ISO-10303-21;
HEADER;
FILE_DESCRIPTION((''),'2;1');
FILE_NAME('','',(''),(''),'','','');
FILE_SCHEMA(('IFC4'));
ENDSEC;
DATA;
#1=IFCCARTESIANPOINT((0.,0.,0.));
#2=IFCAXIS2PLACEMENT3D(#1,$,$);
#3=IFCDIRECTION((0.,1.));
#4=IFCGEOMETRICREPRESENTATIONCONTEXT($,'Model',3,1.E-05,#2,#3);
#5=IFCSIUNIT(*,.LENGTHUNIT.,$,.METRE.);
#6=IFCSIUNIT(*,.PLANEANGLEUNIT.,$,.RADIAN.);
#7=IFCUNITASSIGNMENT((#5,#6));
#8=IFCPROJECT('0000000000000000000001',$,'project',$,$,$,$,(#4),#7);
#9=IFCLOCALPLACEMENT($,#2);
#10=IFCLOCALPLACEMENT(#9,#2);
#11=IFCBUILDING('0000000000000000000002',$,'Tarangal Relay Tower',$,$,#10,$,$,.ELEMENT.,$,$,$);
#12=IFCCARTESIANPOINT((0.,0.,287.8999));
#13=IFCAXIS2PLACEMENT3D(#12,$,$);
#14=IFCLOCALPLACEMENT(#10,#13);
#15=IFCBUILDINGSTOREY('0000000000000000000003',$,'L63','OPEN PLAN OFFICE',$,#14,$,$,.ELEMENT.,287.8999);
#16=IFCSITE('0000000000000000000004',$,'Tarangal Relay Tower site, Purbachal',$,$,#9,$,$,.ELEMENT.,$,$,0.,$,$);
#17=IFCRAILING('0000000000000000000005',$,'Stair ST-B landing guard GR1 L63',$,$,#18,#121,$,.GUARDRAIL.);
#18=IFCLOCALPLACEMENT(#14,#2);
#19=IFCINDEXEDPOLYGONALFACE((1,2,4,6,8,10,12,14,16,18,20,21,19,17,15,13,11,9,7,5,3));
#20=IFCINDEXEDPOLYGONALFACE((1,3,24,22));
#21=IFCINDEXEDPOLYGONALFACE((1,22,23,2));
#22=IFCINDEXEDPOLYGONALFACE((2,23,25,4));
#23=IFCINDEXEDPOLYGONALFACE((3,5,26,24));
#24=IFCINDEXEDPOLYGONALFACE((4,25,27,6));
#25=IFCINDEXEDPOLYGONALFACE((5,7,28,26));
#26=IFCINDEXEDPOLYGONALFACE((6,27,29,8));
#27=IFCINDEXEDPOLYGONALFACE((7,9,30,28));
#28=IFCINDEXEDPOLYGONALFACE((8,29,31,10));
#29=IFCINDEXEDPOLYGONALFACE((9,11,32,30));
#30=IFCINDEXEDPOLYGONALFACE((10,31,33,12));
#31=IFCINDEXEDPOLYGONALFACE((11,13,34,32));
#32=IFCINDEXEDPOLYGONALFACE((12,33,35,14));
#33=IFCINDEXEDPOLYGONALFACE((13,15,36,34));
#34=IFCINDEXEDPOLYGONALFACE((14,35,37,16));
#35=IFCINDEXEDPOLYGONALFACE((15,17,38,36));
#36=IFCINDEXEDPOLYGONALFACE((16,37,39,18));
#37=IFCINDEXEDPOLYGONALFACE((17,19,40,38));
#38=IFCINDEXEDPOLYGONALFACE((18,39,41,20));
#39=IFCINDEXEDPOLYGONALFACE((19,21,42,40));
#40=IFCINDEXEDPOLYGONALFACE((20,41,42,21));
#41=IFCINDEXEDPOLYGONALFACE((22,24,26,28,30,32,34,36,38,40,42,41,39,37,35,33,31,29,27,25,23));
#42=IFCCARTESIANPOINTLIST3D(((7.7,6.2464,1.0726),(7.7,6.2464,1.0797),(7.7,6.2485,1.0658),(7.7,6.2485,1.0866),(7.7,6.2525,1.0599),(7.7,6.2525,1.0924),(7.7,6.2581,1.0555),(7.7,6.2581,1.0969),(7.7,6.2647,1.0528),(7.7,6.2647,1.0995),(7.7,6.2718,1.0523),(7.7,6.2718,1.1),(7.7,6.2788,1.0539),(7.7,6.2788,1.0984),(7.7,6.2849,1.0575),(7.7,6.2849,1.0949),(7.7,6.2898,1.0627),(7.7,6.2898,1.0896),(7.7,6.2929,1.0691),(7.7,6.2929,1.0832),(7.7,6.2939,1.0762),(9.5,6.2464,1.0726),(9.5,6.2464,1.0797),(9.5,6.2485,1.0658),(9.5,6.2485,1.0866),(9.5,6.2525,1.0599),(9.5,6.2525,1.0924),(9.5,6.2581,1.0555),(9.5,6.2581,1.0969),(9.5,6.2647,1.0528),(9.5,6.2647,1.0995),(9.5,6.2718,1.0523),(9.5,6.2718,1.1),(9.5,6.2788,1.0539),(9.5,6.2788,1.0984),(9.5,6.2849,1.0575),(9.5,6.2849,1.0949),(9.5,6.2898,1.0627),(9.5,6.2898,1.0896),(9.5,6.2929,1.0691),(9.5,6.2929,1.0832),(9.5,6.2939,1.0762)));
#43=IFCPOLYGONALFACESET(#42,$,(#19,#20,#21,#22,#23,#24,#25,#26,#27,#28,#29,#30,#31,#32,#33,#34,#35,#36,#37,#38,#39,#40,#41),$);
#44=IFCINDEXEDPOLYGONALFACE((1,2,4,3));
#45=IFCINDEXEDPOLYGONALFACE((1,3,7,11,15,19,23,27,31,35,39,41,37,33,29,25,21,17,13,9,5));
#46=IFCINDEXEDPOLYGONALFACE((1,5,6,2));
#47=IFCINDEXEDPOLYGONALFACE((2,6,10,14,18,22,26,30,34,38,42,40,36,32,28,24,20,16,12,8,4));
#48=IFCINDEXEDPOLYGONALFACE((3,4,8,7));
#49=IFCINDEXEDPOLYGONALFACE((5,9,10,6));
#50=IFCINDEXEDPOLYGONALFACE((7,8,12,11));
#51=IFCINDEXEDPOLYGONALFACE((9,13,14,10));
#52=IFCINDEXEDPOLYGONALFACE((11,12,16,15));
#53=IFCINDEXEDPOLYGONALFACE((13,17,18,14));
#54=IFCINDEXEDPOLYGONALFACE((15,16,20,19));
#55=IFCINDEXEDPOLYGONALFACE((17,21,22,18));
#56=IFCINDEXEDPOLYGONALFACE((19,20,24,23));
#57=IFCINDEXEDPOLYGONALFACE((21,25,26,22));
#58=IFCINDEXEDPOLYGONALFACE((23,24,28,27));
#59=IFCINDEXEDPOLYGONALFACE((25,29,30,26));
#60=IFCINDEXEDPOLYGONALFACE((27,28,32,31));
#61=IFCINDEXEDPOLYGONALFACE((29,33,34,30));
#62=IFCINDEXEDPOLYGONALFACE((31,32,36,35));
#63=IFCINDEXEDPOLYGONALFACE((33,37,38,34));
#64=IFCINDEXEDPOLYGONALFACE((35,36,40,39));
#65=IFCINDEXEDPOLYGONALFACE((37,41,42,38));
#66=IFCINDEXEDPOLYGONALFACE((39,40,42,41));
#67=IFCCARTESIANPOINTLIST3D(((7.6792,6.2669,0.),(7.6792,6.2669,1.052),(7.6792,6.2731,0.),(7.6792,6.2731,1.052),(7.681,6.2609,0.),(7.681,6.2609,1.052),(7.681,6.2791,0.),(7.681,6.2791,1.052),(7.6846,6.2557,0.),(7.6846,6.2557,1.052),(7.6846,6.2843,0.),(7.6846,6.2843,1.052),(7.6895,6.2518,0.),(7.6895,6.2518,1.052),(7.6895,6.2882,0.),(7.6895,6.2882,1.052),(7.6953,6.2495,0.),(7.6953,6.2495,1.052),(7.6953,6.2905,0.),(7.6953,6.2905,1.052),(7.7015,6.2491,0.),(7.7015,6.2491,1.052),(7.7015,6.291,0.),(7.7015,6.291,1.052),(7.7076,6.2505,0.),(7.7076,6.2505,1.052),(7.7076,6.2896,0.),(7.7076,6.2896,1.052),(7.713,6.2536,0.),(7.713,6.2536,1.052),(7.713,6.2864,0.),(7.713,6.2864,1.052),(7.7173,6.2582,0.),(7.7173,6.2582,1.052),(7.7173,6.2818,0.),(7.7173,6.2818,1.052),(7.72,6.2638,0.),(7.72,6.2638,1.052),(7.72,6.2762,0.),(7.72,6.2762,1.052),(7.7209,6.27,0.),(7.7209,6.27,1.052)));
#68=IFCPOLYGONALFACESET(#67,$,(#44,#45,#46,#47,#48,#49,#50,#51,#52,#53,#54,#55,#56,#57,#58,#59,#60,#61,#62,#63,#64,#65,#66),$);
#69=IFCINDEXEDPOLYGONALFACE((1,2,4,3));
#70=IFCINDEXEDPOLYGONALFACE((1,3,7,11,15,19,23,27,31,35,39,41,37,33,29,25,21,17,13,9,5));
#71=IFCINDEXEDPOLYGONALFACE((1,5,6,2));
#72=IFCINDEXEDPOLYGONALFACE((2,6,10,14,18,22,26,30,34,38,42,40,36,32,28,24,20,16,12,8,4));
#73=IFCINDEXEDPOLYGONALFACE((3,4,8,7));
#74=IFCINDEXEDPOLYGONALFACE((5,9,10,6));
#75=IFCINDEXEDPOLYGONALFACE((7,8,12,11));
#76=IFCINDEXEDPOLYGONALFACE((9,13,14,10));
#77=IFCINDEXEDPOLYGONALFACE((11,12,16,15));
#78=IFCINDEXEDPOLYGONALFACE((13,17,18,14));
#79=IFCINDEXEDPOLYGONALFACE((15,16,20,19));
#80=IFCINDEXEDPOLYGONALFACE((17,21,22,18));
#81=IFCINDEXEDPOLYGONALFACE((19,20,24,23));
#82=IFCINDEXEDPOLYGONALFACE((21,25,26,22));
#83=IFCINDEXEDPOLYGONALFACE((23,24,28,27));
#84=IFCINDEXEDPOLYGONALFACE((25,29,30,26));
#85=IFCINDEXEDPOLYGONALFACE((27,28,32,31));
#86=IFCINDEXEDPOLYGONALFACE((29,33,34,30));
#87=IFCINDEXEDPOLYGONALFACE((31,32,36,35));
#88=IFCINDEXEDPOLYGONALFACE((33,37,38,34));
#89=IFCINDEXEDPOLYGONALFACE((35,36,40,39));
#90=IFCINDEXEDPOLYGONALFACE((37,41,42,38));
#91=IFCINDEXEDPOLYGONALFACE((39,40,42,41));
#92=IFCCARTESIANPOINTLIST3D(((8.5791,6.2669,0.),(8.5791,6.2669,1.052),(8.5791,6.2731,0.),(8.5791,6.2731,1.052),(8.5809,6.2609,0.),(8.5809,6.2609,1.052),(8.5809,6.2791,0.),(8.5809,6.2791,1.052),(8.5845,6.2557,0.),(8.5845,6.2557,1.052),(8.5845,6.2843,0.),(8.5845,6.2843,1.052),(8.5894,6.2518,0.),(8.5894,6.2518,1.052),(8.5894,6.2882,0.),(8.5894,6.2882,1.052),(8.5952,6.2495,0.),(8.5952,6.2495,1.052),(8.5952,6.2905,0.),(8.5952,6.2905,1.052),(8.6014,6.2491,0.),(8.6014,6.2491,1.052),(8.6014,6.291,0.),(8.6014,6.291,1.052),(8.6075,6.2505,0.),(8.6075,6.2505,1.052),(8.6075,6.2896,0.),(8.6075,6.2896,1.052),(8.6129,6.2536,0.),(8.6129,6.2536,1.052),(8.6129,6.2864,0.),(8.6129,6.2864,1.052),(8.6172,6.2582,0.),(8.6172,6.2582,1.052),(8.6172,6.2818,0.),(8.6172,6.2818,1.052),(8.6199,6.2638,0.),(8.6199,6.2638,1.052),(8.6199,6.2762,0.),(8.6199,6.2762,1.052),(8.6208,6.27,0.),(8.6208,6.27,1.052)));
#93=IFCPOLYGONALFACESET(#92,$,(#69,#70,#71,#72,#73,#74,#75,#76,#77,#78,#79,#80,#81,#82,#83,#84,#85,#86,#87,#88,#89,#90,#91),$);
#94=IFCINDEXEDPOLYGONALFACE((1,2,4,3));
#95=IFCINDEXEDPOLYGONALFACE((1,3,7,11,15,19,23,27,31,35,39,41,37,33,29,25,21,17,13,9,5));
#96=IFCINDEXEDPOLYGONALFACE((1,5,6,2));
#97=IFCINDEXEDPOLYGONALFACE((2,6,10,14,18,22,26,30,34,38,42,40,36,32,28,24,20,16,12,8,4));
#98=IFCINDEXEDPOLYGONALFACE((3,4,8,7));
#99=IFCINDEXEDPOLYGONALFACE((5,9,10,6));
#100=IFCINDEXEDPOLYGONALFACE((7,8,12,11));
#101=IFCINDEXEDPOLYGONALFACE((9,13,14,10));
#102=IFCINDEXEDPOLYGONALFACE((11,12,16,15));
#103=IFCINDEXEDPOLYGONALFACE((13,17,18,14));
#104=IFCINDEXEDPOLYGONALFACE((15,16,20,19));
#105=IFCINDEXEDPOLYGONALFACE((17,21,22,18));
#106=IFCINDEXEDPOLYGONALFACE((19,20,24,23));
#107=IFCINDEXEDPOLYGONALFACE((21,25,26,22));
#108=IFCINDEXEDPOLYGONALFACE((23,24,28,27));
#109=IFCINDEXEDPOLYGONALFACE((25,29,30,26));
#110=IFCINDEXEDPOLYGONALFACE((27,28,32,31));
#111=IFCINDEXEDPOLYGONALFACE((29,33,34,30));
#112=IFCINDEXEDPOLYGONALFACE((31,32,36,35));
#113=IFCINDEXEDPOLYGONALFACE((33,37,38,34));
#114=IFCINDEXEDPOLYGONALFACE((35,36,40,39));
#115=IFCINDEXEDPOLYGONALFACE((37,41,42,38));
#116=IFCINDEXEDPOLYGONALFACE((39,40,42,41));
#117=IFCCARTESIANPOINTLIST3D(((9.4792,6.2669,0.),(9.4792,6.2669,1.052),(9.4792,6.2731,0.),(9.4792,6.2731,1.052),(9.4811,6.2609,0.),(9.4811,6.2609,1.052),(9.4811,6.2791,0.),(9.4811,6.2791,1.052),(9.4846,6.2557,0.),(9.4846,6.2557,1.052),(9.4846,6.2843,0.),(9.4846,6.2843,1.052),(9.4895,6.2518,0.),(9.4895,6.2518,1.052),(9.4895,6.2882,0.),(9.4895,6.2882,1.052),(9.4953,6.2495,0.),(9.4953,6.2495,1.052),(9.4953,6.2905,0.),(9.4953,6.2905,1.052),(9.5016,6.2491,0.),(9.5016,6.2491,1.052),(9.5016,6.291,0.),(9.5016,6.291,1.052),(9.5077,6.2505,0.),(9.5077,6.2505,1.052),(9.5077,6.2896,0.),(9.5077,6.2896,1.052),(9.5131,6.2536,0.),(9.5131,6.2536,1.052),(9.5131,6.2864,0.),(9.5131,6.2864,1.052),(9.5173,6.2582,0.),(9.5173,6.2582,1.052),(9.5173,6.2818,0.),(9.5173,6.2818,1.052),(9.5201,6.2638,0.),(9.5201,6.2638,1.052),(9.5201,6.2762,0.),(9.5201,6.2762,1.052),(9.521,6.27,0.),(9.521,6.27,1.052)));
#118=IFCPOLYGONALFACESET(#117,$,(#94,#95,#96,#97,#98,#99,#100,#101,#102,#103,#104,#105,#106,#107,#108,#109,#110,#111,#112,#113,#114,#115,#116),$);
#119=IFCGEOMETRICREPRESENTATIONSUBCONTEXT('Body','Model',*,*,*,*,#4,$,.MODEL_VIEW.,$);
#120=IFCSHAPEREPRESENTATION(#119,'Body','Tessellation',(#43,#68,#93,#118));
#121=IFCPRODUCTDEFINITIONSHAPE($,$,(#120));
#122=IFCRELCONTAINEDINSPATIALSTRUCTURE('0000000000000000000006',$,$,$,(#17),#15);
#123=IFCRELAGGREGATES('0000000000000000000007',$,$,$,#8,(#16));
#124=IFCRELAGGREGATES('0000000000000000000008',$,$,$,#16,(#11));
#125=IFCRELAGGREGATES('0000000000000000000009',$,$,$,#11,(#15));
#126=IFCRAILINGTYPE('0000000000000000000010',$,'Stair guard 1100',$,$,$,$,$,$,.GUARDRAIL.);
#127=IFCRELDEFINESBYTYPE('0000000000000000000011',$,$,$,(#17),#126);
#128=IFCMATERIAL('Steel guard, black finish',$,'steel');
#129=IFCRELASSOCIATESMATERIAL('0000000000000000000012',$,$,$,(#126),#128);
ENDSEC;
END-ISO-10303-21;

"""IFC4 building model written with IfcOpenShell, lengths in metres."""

from ifc_helpers import new_model, si_unit, direction, frame, origin, origin_2d, place, context, subcontext, project, spatial, circle, extrude, material, type_object, element, save


model = new_model("IFC4")

# Units and contexts
model_context = context("Model", 3, precision=1e-05, world=origin(), true_north=direction((0.0, 1.0)))
body_context = subcontext(model_context, "Body", "Model", "MODEL_VIEW")
ifc_project = project(units=[si_unit("LENGTHUNIT", "METRE"), si_unit("PLANEANGLEUNIT", "RADIAN")], contexts=[model_context])

# Site, building, storey
site_placement = place(None, origin())
site = spatial("IfcSite", under=ifc_project, at=site_placement, Name="Tarangal Relay Tower site, Purbachal", CompositionType="ELEMENT", RefElevation=0.0)
building_placement = place(site_placement, origin())
building = spatial("IfcBuilding", under=site, at=building_placement, Name="Tarangal Relay Tower", CompositionType="ELEMENT")
storey_placement = place(building_placement, frame((0.0, 0.0, 287.8999)))
storey = spatial("IfcBuildingStorey", under=building, at=storey_placement, Name="L63", Description="OPEN PLAN OFFICE", CompositionType="ELEMENT", Elevation=287.8999)

# Railing
ifc_material_1 = material(Name="Steel guard, black finish", Category="steel")
railing_type_1 = type_object("IfcRailingType", Name="Stair guard 1100", PredefinedType="GUARDRAIL", material=ifc_material_1)
railing_1_placement = place(storey_placement, frame((7.7, 6.27, 0.0)))
element("IfcRailing", 1, at=railing_1_placement, inside=storey, type_object=railing_type_1, Name="Stair ST-B landing guard GR1 L63", PredefinedType="GUARDRAIL", context=body_context, shape_type="SweptSolid", body=[
    extrude(circle(Radius=0.0239, at=origin_2d()), frame((0.0, 0.0, 1.0762), z_axis=(1.0, 0.0, 0.0), x_axis=(0.0, 1.0, 0.0)), (0.0, 0.0, 1.0), 1.8),
    extrude(circle(Radius=0.021, at=origin_2d()), origin(), (0.0, 0.0, 1.0), 1.052),
    extrude(circle(Radius=0.021, at=origin_2d()), frame((0.8999, 0.0, 0.0)), (0.0, 0.0, 1.0), 1.052),
    extrude(circle(Radius=0.021, at=origin_2d()), frame((1.8, 0.0, 0.0)), (0.0, 0.0, 1.0), 1.052),
])

save(model, "model.ifc")
